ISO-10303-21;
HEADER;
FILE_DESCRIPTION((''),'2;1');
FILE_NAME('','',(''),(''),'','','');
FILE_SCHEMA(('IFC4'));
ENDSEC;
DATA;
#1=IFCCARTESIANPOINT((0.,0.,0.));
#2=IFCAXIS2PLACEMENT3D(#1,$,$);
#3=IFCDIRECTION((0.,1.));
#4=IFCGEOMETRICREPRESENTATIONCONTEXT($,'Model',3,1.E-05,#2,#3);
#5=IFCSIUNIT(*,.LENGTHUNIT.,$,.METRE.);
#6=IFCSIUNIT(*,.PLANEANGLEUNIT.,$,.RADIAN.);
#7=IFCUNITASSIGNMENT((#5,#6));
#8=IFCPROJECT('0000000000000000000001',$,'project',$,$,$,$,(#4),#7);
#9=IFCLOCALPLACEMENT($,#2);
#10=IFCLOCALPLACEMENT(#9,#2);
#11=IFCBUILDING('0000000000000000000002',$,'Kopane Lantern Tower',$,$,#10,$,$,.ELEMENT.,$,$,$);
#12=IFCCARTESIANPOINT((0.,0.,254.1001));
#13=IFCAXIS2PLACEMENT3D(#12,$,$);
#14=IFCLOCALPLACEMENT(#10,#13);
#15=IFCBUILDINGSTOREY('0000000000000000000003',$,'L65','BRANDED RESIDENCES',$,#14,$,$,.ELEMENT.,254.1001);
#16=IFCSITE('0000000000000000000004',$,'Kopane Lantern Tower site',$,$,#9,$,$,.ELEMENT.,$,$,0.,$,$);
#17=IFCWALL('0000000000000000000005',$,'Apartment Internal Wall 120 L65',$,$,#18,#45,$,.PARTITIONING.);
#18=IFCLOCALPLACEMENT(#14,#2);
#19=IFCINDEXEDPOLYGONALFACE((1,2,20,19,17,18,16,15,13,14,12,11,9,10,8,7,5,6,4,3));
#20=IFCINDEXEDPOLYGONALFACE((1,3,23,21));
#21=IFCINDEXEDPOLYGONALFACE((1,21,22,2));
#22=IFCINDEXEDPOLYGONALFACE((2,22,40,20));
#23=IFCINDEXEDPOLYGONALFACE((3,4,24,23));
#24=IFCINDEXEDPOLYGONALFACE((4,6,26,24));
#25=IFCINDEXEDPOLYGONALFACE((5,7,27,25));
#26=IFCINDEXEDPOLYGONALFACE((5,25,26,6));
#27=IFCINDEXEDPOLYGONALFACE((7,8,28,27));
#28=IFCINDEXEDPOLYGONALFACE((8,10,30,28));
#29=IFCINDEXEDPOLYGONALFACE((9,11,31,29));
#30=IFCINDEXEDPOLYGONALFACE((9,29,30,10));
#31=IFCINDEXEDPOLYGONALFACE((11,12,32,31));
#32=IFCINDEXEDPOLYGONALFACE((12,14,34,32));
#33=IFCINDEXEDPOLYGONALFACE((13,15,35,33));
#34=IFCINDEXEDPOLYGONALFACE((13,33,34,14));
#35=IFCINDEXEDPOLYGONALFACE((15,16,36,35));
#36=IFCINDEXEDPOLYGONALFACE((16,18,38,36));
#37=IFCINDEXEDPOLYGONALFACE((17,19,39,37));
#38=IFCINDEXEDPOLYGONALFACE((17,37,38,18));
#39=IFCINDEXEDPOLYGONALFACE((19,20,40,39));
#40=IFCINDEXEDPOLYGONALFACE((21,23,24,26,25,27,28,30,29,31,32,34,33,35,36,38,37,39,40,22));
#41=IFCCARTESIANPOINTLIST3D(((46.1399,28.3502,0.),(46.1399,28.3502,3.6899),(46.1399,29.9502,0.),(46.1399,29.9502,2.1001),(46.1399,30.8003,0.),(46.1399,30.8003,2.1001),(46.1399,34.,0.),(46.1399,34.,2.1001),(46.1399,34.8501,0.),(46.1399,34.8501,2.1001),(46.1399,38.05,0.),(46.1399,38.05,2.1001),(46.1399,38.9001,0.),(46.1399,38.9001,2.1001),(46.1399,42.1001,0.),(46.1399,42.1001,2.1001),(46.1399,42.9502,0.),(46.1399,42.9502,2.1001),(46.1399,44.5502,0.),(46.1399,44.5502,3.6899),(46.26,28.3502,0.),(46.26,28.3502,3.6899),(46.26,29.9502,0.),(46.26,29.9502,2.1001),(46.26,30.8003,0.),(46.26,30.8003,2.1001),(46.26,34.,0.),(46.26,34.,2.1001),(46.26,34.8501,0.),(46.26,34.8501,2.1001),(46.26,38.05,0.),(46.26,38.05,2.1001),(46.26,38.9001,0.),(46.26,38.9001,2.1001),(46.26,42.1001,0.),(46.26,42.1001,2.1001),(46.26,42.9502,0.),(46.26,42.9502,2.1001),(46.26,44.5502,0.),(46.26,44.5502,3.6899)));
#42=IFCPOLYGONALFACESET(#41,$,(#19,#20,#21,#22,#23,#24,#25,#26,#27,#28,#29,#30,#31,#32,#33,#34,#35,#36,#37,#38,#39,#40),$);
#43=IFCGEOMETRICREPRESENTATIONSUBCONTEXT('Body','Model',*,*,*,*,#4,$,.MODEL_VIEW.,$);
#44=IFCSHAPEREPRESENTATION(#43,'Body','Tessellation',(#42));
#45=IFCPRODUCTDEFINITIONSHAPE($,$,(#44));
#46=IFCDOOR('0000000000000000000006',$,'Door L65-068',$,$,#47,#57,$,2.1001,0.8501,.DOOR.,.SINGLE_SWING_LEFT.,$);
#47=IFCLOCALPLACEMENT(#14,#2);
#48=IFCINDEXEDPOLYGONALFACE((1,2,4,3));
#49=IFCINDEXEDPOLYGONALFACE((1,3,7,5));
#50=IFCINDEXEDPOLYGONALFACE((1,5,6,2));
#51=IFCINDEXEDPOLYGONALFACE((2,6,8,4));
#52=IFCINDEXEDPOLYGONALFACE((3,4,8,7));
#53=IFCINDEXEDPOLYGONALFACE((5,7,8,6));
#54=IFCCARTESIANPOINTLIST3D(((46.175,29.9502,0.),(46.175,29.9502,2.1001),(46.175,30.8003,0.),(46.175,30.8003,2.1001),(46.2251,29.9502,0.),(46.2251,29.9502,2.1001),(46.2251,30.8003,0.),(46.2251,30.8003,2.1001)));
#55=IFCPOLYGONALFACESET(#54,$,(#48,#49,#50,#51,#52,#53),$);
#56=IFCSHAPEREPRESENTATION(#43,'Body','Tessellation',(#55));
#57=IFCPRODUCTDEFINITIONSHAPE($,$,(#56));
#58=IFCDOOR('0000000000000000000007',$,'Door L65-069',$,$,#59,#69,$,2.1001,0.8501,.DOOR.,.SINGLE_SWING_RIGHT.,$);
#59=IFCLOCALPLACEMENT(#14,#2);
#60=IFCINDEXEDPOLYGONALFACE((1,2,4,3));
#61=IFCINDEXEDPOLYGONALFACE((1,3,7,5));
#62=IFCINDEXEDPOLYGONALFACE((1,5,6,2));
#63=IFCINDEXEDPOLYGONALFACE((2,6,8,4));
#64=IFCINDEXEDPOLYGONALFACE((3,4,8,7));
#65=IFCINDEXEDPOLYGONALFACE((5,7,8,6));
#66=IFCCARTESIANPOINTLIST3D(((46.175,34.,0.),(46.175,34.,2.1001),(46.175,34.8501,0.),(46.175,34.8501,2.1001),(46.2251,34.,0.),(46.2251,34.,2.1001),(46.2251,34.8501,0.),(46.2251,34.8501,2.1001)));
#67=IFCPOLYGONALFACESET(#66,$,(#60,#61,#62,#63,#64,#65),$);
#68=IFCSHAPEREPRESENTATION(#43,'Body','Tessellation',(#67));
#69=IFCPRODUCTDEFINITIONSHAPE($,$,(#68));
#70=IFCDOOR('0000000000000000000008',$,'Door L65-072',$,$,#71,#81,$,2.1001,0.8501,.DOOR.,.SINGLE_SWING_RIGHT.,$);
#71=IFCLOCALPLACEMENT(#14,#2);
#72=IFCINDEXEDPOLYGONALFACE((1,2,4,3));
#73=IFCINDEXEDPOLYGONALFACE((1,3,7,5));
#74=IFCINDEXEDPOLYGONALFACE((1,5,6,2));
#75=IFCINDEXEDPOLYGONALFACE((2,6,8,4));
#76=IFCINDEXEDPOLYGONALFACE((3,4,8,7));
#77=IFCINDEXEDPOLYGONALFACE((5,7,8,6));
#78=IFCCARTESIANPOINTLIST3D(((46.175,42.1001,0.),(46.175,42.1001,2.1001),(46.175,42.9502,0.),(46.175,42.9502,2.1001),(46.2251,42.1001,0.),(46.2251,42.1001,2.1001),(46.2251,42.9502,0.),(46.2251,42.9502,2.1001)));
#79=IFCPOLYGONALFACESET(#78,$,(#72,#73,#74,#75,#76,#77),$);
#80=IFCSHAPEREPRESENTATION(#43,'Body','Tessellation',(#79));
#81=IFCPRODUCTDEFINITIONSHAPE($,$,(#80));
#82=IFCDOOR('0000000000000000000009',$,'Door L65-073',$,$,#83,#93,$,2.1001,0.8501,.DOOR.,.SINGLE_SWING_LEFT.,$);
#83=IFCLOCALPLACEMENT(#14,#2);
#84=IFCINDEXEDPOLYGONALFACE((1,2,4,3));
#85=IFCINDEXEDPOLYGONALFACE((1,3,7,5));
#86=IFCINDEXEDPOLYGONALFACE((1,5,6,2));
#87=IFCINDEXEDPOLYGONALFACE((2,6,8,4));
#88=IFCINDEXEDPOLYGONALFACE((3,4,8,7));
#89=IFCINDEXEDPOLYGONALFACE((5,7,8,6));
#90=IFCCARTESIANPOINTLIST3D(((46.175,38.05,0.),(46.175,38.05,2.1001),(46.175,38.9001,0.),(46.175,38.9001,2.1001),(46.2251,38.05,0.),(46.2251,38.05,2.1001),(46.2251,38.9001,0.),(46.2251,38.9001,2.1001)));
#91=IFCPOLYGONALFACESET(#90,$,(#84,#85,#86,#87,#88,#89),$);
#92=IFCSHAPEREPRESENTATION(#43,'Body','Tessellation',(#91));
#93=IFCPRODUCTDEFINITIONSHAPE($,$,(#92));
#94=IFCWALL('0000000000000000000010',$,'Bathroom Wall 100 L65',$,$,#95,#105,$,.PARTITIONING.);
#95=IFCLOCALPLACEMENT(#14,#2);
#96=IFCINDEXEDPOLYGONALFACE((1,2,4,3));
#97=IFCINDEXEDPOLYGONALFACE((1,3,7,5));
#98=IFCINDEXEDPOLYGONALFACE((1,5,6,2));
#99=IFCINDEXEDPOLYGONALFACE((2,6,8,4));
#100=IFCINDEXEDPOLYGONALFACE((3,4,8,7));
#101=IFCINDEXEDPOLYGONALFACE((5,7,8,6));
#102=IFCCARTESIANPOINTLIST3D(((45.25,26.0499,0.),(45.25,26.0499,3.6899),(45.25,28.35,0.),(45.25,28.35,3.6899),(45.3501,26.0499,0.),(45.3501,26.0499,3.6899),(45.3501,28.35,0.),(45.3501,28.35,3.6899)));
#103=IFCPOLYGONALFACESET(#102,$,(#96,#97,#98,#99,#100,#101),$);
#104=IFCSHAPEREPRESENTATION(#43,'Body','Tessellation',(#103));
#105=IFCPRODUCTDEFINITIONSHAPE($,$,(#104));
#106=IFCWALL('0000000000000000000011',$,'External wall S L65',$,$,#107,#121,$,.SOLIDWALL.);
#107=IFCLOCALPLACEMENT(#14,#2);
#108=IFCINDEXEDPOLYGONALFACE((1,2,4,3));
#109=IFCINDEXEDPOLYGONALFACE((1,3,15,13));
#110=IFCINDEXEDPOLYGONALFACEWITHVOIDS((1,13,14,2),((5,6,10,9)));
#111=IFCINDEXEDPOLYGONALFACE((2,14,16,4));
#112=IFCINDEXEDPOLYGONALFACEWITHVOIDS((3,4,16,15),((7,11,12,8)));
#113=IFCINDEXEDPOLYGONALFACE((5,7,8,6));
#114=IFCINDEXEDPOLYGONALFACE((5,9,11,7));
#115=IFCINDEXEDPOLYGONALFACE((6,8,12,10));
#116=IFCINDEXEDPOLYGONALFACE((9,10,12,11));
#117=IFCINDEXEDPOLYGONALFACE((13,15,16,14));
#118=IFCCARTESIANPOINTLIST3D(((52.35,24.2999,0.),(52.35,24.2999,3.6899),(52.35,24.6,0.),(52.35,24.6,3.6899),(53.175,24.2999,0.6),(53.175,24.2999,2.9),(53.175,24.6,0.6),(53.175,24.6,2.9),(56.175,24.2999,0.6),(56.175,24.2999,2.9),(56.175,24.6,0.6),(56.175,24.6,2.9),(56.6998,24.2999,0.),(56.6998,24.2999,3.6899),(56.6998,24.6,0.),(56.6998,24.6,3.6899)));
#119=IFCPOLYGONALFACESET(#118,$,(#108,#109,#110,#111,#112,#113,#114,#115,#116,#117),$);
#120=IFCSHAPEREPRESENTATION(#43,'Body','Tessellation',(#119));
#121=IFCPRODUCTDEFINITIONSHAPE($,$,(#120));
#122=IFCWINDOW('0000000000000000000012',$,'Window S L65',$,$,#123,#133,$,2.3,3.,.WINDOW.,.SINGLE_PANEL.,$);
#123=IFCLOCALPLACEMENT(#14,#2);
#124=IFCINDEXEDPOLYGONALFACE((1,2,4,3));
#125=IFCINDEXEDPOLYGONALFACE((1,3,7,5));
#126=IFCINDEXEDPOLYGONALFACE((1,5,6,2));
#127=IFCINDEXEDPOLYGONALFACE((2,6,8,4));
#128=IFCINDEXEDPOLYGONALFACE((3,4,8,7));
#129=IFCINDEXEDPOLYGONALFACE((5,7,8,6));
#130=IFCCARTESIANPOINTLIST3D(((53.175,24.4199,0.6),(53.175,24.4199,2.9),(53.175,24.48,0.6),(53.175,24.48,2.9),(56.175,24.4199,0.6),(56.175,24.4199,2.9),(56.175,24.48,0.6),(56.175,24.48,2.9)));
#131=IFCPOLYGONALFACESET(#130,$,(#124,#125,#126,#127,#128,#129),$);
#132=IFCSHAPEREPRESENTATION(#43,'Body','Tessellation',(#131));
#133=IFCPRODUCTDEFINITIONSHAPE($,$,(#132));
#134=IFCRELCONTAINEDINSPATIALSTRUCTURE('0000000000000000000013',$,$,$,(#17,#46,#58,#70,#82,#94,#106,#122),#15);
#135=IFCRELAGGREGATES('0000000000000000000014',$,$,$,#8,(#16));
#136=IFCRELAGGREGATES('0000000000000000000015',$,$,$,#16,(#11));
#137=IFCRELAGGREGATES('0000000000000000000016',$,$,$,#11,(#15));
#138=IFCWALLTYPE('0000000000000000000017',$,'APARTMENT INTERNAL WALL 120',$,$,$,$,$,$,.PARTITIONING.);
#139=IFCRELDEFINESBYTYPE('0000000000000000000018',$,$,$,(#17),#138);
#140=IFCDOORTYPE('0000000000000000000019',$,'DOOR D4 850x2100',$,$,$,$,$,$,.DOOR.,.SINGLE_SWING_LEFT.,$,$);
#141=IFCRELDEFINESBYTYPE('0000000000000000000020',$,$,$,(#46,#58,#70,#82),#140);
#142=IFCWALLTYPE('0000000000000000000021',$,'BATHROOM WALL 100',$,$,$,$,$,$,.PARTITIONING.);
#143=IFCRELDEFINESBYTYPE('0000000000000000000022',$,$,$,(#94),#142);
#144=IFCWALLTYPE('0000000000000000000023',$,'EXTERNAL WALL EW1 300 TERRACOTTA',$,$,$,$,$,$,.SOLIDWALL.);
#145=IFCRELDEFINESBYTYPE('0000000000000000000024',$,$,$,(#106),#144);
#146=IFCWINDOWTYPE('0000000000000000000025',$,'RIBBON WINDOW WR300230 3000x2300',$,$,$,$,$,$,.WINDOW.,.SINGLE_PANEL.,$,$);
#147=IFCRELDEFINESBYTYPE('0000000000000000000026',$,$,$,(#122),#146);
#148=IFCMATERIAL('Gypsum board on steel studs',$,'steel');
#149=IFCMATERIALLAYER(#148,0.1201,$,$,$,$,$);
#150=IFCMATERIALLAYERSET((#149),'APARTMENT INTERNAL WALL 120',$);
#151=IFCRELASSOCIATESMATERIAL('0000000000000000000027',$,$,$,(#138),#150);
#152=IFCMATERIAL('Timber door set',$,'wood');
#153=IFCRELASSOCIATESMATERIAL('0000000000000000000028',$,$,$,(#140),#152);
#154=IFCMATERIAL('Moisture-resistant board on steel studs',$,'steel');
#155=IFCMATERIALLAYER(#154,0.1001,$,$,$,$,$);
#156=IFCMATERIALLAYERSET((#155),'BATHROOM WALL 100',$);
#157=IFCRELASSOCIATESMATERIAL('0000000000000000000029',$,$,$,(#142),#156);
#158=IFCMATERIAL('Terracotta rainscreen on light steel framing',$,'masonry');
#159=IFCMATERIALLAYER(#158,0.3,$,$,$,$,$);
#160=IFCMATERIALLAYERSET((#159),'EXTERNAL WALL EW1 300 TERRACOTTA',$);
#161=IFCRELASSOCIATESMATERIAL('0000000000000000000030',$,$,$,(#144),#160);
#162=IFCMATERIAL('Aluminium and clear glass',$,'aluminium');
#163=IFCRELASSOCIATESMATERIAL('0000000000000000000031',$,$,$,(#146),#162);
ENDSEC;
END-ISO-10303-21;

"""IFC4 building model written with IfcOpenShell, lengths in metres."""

from ifc_helpers import new_model, si_unit, direction, frame, frame_2d, origin, place, context, subcontext, project, spatial, rectangle, extrude, material, layer, layer_set, type_object, element, fill, save


model = new_model("IFC4")

# Units and contexts
model_context = context("Model", 3, precision=1e-05, world=origin(), true_north=direction((0.0, 1.0)))
body_context = subcontext(model_context, "Body", "Model", "MODEL_VIEW")
ifc_project = project(units=[si_unit("LENGTHUNIT", "METRE"), si_unit("PLANEANGLEUNIT", "RADIAN")], contexts=[model_context])

# Site, building, storey
site_placement = place(None, origin())
site = spatial("IfcSite", under=ifc_project, at=site_placement, Name="Kopane Lantern Tower site", CompositionType="ELEMENT", RefElevation=0.0)
building_placement = place(site_placement, origin())
building = spatial("IfcBuilding", under=site, at=building_placement, Name="Kopane Lantern Tower", CompositionType="ELEMENT")
storey_placement = place(building_placement, frame((0.0, 0.0, 254.1001)))
storey = spatial("IfcBuildingStorey", under=building, at=storey_placement, Name="L65", Description="BRANDED RESIDENCES", CompositionType="ELEMENT", Elevation=254.1001)

# Wall, openings, doors
ifc_material_1 = material(Name="Gypsum board on steel studs", Category="steel")
ifc_layer_1 = layer(ifc_material_1, 0.1201)
ifc_layer_set_1 = layer_set([ifc_layer_1], Name="APARTMENT INTERNAL WALL 120")
wall_type_1 = type_object("IfcWallType", Name="APARTMENT INTERNAL WALL 120", PredefinedType="PARTITIONING", material=ifc_layer_set_1)
wall_1_placement = place(storey_placement, frame((46.2, 28.3501, 0.0), z_axis=(0.0, 0.0, 1.0), x_axis=(0.0, 1.0, 0.0)))
wall_1 = element("IfcWall", 1, at=wall_1_placement, inside=storey, type_object=wall_type_1, Name="Apartment Internal Wall 120 L65", PredefinedType="PARTITIONING", context=body_context, shape_type="SweptSolid", body=[
    extrude(rectangle(XDim=16.2, YDim=0.1201, at=frame_2d((8.1001, 0.0))), origin(), (0.0, 0.0, 1.0), 3.6899),
])
opening_1_placement = place(wall_1_placement, frame((1.6001, 0.0, 0.0)))
opening_1 = element("IfcOpeningElement", 2, at=opening_1_placement, cuts=wall_1, PredefinedType="OPENING", context=body_context, shape_type="SweptSolid", body=[
    extrude(rectangle(XDim=0.8501, YDim=2.1001, at=frame_2d((0.425, 1.05))), frame((0.0, 0.0701, 0.0), z_axis=(0.0, -1.0, 0.0), x_axis=(1.0, 0.0, 0.0)), (0.0, 0.0, 1.0), 0.1401),
])
opening_2_placement = place(wall_1_placement, frame((5.6499, 0.0, 0.0)))
opening_2 = element("IfcOpeningElement", 3, at=opening_2_placement, cuts=wall_1, PredefinedType="OPENING", context=body_context, shape_type="SweptSolid", body=[
    extrude(rectangle(XDim=0.8501, YDim=2.1001, at=frame_2d((0.425, 1.05))), frame((0.0, 0.0701, 0.0), z_axis=(0.0, -1.0, 0.0), x_axis=(1.0, 0.0, 0.0)), (0.0, 0.0, 1.0), 0.1401),
])
opening_3_placement = place(wall_1_placement, frame((13.75, 0.0, 0.0)))
opening_3 = element("IfcOpeningElement", 4, at=opening_3_placement, cuts=wall_1, PredefinedType="OPENING", context=body_context, shape_type="SweptSolid", body=[
    extrude(rectangle(XDim=0.8501, YDim=2.1001, at=frame_2d((0.425, 1.05))), frame((0.0, 0.0701, 0.0), z_axis=(0.0, -1.0, 0.0), x_axis=(1.0, 0.0, 0.0)), (0.0, 0.0, 1.0), 0.1401),
])
opening_4_placement = place(wall_1_placement, frame((9.7, 0.0, 0.0)))
opening_4 = element("IfcOpeningElement", 5, at=opening_4_placement, cuts=wall_1, PredefinedType="OPENING", context=body_context, shape_type="SweptSolid", body=[
    extrude(rectangle(XDim=0.8501, YDim=2.1001, at=frame_2d((0.425, 1.05))), frame((0.0, 0.0701, 0.0), z_axis=(0.0, -1.0, 0.0), x_axis=(1.0, 0.0, 0.0)), (0.0, 0.0, 1.0), 0.1401),
])
ifc_material_2 = material(Name="Timber door set", Category="wood")
door_type = type_object("IfcDoorType", Name="DOOR D4 850x2100", OperationType="SINGLE_SWING_LEFT", PredefinedType="DOOR", material=ifc_material_2)
door_1_placement = place(opening_1_placement, origin())
door_1 = element("IfcDoor", 6, at=door_1_placement, inside=storey, type_object=door_type, Name="Door L65-068", OperationType="SINGLE_SWING_LEFT", OverallHeight=2.1001, OverallWidth=0.8501, PredefinedType="DOOR", context=body_context, shape_type="SweptSolid", body=[
    extrude(rectangle(XDim=0.8501, YDim=2.1001, at=frame_2d((0.425, 1.05))), frame((0.0, 0.0249, 0.0), z_axis=(0.0, -1.0, 0.0), x_axis=(1.0, 0.0, 0.0)), (0.0, 0.0, 1.0), 0.05),
])
fill(opening_1, door_1)
door_2_placement = place(opening_2_placement, origin())
door_2 = element("IfcDoor", 7, at=door_2_placement, inside=storey, type_object=door_type, Name="Door L65-069", OperationType="SINGLE_SWING_RIGHT", OverallHeight=2.1001, OverallWidth=0.8501, PredefinedType="DOOR", context=body_context, shape_type="SweptSolid", body=[
    extrude(rectangle(XDim=0.8501, YDim=2.1001, at=frame_2d((0.425, 1.05))), frame((0.0, 0.0249, 0.0), z_axis=(0.0, -1.0, 0.0), x_axis=(1.0, 0.0, 0.0)), (0.0, 0.0, 1.0), 0.05),
])
fill(opening_2, door_2)
door_3_placement = place(opening_3_placement, origin())
door_3 = element("IfcDoor", 8, at=door_3_placement, inside=storey, type_object=door_type, Name="Door L65-072", OperationType="SINGLE_SWING_RIGHT", OverallHeight=2.1001, OverallWidth=0.8501, PredefinedType="DOOR", context=body_context, shape_type="SweptSolid", body=[
    extrude(rectangle(XDim=0.8501, YDim=2.1001, at=frame_2d((0.425, 1.05))), frame((0.0, 0.0249, 0.0), z_axis=(0.0, -1.0, 0.0), x_axis=(1.0, 0.0, 0.0)), (0.0, 0.0, 1.0), 0.05),
])
fill(opening_3, door_3)
door_4_placement = place(opening_4_placement, origin())
door_4 = element("IfcDoor", 9, at=door_4_placement, inside=storey, type_object=door_type, Name="Door L65-073", OperationType="SINGLE_SWING_LEFT", OverallHeight=2.1001, OverallWidth=0.8501, PredefinedType="DOOR", context=body_context, shape_type="SweptSolid", body=[
    extrude(rectangle(XDim=0.8501, YDim=2.1001, at=frame_2d((0.425, 1.05))), frame((0.0, 0.0249, 0.0), z_axis=(0.0, -1.0, 0.0), x_axis=(1.0, 0.0, 0.0)), (0.0, 0.0, 1.0), 0.05),
])
fill(opening_4, door_4)

# Wall
ifc_material_3 = material(Name="Moisture-resistant board on steel studs", Category="steel")
ifc_layer_2 = layer(ifc_material_3, 0.1001)
ifc_layer_set_2 = layer_set([ifc_layer_2], Name="BATHROOM WALL 100")
wall_type_2 = type_object("IfcWallType", Name="BATHROOM WALL 100", PredefinedType="PARTITIONING", material=ifc_layer_set_2)
wall_2_placement = place(storey_placement, frame((45.3, 26.05, 0.0), z_axis=(0.0, 0.0, 1.0), x_axis=(0.0, 1.0, 0.0)))
element("IfcWall", 10, at=wall_2_placement, inside=storey, type_object=wall_type_2, Name="Bathroom Wall 100 L65", PredefinedType="PARTITIONING", context=body_context, shape_type="SweptSolid", body=[
    extrude(rectangle(XDim=2.3, YDim=0.1001, at=frame_2d((1.1499, 0.0))), origin(), (0.0, 0.0, 1.0), 3.6899),
])

# Wall, opening, window
ifc_material_4 = material(Name="Terracotta rainscreen on light steel framing", Category="masonry")
ifc_layer_3 = layer(ifc_material_4, 0.3)
ifc_layer_set_3 = layer_set([ifc_layer_3], Name="EXTERNAL WALL EW1 300 TERRACOTTA")
wall_type_3 = type_object("IfcWallType", Name="EXTERNAL WALL EW1 300 TERRACOTTA", PredefinedType="SOLIDWALL", material=ifc_layer_set_3)
wall_3_placement = place(storey_placement, frame((52.3501, 24.45, 0.0), z_axis=(0.0, 0.0, 1.0), x_axis=(1.0, 0.0, 0.0)))
wall_3 = element("IfcWall", 11, at=wall_3_placement, inside=storey, type_object=wall_type_3, Name="External wall S L65", PredefinedType="SOLIDWALL", context=body_context, shape_type="SweptSolid", body=[
    extrude(rectangle(XDim=4.3499, YDim=0.3, at=frame_2d((2.1748, 0.0))), origin(), (0.0, 0.0, 1.0), 3.6899),
])
opening_5_placement = place(wall_3_placement, frame((0.825, 0.0, 0.6001)))
opening_5 = element("IfcOpeningElement", 12, at=opening_5_placement, cuts=wall_3, PredefinedType="OPENING", context=body_context, shape_type="SweptSolid", body=[
    extrude(rectangle(XDim=3.0, YDim=2.3, at=frame_2d((1.5, 1.1499))), frame((0.0, 0.1599, 0.0), z_axis=(0.0, -1.0, 0.0), x_axis=(1.0, 0.0, 0.0)), (0.0, 0.0, 1.0), 0.3201),
])
ifc_material_5 = material(Name="Aluminium and clear glass", Category="aluminium")
window_type_1 = type_object("IfcWindowType", Name="RIBBON WINDOW WR300230 3000x2300", PartitioningType="SINGLE_PANEL", PredefinedType="WINDOW", material=ifc_material_5)
window_1_placement = place(opening_5_placement, origin())
window_1 = element("IfcWindow", 13, at=window_1_placement, inside=storey, type_object=window_type_1, Name="Window S L65", OverallHeight=2.3, OverallWidth=3.0, PartitioningType="SINGLE_PANEL", PredefinedType="WINDOW", context=body_context, shape_type="SweptSolid", body=[
    extrude(rectangle(XDim=3.0, YDim=2.3, at=frame_2d((1.5, 1.1499))), frame((0.0, 0.03, 0.0), z_axis=(0.0, -1.0, 0.0), x_axis=(1.0, 0.0, 0.0)), (0.0, 0.0, 1.0), 0.0601),
])
fill(opening_5, window_1)

save(model, "model.ifc")
